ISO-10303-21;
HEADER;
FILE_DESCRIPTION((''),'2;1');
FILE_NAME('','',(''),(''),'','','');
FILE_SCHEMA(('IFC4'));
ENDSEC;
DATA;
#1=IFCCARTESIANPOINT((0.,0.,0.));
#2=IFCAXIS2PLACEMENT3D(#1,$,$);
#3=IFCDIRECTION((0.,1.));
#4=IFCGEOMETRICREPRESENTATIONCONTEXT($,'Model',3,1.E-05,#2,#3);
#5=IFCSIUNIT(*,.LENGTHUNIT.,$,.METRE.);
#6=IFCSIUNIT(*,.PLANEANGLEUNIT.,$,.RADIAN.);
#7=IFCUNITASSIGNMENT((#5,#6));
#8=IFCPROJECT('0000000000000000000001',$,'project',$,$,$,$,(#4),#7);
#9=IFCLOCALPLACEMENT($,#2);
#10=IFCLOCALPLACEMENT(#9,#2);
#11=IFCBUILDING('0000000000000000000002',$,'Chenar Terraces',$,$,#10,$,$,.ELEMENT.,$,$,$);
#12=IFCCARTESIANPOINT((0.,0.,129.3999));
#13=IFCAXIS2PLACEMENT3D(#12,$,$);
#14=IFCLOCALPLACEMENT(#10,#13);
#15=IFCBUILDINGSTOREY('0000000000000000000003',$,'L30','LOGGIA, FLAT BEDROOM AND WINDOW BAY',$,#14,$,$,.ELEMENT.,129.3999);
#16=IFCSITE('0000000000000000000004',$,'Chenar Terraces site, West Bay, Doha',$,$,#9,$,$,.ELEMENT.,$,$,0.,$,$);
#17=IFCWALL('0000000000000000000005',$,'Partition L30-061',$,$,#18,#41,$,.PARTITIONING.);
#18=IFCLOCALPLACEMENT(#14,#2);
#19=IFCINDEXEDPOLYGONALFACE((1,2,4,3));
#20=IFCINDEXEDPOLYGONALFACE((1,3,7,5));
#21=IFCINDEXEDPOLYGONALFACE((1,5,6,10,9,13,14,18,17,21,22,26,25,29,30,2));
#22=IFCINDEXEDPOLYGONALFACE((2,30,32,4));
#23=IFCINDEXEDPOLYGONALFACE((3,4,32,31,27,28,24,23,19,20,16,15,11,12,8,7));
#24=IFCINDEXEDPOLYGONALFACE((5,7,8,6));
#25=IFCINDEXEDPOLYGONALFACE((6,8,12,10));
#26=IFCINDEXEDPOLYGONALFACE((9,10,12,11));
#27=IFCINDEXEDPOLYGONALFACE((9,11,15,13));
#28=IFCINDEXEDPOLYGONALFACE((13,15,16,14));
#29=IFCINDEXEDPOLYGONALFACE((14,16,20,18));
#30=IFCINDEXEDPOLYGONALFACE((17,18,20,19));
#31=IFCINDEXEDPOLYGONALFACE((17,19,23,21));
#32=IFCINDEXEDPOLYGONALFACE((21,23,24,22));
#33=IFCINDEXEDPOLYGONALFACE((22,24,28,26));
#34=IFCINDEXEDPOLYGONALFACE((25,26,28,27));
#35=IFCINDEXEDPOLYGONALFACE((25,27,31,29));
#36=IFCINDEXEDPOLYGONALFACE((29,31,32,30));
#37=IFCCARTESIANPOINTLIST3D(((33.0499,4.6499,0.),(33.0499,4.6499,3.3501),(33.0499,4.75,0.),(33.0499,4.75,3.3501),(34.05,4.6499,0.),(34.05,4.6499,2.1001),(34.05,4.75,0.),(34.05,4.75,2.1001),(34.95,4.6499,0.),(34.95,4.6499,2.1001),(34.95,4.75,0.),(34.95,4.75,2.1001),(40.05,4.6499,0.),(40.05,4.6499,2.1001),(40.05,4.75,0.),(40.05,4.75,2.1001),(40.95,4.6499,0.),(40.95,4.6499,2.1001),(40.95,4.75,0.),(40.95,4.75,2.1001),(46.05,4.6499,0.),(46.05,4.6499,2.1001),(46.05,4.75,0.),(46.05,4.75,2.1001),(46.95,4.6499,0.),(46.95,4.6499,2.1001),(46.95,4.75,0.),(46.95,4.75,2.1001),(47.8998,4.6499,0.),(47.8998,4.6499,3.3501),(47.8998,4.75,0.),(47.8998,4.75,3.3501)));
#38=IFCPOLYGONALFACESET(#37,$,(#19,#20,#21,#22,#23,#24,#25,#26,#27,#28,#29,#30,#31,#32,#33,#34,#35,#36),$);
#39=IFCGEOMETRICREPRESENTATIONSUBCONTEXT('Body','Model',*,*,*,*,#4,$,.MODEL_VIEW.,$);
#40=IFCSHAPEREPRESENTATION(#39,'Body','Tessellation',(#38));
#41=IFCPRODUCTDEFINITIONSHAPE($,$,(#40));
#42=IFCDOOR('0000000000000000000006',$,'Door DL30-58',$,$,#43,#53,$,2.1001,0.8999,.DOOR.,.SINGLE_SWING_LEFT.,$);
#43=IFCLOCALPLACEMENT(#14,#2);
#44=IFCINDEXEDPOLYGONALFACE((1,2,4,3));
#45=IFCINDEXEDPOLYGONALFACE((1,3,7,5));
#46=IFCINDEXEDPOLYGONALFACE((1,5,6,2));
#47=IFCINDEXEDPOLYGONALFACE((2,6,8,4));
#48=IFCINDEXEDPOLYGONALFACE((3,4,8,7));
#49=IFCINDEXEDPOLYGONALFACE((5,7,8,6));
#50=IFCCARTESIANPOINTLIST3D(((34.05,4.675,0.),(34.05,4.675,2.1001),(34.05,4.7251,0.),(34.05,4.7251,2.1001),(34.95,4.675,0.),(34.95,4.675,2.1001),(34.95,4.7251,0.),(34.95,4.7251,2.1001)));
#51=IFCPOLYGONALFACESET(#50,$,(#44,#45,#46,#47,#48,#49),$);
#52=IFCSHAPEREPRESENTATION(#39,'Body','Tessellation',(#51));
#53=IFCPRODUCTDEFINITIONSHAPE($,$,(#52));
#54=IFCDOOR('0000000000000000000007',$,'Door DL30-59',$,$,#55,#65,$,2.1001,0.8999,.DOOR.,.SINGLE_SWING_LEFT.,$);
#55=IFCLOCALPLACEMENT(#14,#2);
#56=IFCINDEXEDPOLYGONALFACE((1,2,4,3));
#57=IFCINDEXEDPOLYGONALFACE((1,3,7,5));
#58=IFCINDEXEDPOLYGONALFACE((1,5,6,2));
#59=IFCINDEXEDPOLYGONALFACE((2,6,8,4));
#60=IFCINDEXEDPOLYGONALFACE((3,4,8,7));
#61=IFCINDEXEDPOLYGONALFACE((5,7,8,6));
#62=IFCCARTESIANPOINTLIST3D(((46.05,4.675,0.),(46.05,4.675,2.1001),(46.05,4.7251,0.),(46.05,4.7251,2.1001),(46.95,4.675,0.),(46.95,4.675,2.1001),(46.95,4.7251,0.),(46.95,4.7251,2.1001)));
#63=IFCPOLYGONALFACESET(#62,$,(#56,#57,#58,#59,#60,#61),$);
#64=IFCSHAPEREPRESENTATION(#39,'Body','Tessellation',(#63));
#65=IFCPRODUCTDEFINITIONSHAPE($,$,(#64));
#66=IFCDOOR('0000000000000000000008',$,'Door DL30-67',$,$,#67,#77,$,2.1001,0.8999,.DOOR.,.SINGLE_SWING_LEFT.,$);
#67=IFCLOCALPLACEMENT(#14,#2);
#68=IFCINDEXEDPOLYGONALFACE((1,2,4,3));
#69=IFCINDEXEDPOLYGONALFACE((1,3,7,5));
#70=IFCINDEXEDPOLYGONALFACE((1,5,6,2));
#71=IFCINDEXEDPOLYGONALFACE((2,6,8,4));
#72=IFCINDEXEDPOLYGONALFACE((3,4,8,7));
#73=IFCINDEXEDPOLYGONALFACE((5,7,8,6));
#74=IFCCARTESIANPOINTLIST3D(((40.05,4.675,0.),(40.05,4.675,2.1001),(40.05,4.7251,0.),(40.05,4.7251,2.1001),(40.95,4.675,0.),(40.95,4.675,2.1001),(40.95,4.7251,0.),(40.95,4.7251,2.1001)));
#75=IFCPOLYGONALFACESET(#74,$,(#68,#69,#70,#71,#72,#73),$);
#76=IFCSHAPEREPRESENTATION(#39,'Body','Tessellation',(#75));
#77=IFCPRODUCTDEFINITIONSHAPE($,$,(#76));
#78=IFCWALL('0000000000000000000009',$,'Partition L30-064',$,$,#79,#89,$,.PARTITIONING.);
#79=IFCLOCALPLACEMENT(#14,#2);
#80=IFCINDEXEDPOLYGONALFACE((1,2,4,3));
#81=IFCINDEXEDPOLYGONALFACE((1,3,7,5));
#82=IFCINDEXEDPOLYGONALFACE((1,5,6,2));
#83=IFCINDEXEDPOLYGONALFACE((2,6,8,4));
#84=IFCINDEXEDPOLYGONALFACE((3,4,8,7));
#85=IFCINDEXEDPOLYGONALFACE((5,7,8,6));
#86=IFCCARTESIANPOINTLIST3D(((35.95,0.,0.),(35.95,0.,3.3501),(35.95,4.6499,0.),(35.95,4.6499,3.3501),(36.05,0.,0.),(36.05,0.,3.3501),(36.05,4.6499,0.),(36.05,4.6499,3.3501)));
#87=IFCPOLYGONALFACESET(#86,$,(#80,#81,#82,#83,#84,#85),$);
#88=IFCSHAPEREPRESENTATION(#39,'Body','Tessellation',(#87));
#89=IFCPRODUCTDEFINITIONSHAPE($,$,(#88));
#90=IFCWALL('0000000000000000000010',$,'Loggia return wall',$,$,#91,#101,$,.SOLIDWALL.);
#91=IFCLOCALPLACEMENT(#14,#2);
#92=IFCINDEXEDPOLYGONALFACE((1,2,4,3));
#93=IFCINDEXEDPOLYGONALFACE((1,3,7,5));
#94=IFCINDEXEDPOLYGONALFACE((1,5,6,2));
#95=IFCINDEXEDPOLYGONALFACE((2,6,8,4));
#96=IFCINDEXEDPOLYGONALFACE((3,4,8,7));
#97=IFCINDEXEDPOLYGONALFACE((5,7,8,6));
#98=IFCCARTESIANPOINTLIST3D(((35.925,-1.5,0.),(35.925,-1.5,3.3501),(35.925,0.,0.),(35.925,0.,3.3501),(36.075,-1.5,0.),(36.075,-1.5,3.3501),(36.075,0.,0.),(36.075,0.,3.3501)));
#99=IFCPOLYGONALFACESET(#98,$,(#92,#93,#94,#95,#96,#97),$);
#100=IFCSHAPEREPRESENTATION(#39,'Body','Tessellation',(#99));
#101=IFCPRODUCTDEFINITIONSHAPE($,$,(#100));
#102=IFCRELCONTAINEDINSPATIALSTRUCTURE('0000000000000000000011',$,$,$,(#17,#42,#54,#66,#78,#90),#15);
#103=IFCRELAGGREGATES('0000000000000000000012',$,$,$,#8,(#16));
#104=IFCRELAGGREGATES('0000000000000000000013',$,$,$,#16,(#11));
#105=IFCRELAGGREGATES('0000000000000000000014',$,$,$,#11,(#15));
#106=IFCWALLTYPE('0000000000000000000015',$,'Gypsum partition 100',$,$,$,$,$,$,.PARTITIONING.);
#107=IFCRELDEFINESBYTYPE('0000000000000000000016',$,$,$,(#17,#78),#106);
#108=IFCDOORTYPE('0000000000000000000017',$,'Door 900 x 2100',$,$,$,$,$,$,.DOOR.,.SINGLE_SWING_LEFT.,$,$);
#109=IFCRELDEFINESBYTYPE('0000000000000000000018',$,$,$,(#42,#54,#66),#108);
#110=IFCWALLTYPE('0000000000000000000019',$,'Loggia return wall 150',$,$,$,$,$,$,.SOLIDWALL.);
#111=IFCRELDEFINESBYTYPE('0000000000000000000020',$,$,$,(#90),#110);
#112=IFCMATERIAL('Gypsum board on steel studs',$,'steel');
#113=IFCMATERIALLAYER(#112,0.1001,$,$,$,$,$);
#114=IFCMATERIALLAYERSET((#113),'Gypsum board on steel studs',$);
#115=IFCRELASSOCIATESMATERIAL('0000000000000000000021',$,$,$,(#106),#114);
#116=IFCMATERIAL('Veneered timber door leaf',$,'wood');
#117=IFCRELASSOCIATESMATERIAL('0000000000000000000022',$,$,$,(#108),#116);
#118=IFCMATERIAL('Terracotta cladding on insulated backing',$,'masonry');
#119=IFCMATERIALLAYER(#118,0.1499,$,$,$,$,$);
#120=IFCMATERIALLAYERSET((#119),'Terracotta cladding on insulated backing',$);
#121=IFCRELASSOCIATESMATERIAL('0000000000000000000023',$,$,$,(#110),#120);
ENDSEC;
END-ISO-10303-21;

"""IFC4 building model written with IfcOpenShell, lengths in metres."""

from ifc_helpers import new_model, si_unit, direction, frame, frame_2d, origin, place, context, subcontext, project, spatial, rectangle, extrude, material, layer, layer_set, type_object, element, fill, save


model = new_model("IFC4")

# Units and contexts
model_context = context("Model", 3, precision=1e-05, world=origin(), true_north=direction((0.0, 1.0)))
body_context = subcontext(model_context, "Body", "Model", "MODEL_VIEW")
ifc_project = project(units=[si_unit("LENGTHUNIT", "METRE"), si_unit("PLANEANGLEUNIT", "RADIAN")], contexts=[model_context])

# Site, building, storey
site_placement = place(None, origin())
site = spatial("IfcSite", under=ifc_project, at=site_placement, Name="Chenar Terraces site, West Bay, Doha", CompositionType="ELEMENT", RefElevation=0.0)
building_placement = place(site_placement, origin())
building = spatial("IfcBuilding", under=site, at=building_placement, Name="Chenar Terraces", CompositionType="ELEMENT")
storey_placement = place(building_placement, frame((0.0, 0.0, 129.3999)))
storey = spatial("IfcBuildingStorey", under=building, at=storey_placement, Name="L30", Description="LOGGIA, FLAT BEDROOM AND WINDOW BAY", CompositionType="ELEMENT", Elevation=129.3999)

# Shared definitions
ifc_material_1 = material(Name="Gypsum board on steel studs", Category="steel")
ifc_layer_1 = layer(ifc_material_1, 0.1001)
ifc_layer_set_1 = layer_set([ifc_layer_1], Name="Gypsum board on steel studs")
wall_type_1 = type_object("IfcWallType", Name="Gypsum partition 100", PredefinedType="PARTITIONING", material=ifc_layer_set_1)

# Shared definitions
ifc_material_2 = material(Name="Veneered timber door leaf", Category="wood")
door_type_1 = type_object("IfcDoorType", Name="Door 900 x 2100", OperationType="SINGLE_SWING_LEFT", PredefinedType="DOOR", material=ifc_material_2)

# Wall, openings, doors
wall_1_placement = place(storey_placement, frame((33.05, 4.7, 0.0), z_axis=(0.0, 0.0, 1.0), x_axis=(1.0, 0.0, 0.0)))
wall_1 = element("IfcWall", 1, at=wall_1_placement, inside=storey, type_object=wall_type_1, Name="Partition L30-061", PredefinedType="PARTITIONING", context=body_context, shape_type="SweptSolid", body=[
    extrude(rectangle(XDim=14.8499, YDim=0.1001, at=frame_2d((7.4248, 0.0))), origin(), (0.0, 0.0, 1.0), 3.3501),
])
opening_1_placement = place(wall_1_placement, frame((1.0, 0.0, 0.0)))
opening_1 = element("IfcOpeningElement", 2, at=opening_1_placement, cuts=wall_1, PredefinedType="OPENING", context=body_context, shape_type="SweptSolid", body=[
    extrude(rectangle(XDim=0.8999, YDim=2.1001, at=frame_2d((0.45, 1.05))), frame((0.0, 0.0601, 0.0), z_axis=(0.0, -1.0, 0.0), x_axis=(1.0, 0.0, 0.0)), (0.0, 0.0, 1.0), 0.1201),
])
opening_2_placement = place(wall_1_placement, frame((13.0, 0.0, 0.0)))
opening_2 = element("IfcOpeningElement", 3, at=opening_2_placement, cuts=wall_1, PredefinedType="OPENING", context=body_context, shape_type="SweptSolid", body=[
    extrude(rectangle(XDim=0.8999, YDim=2.1001, at=frame_2d((0.45, 1.05))), frame((0.0, 0.0601, 0.0), z_axis=(0.0, -1.0, 0.0), x_axis=(1.0, 0.0, 0.0)), (0.0, 0.0, 1.0), 0.1201),
])
opening_3_placement = place(wall_1_placement, frame((7.0, 0.0, 0.0)))
opening_3 = element("IfcOpeningElement", 4, at=opening_3_placement, cuts=wall_1, PredefinedType="OPENING", context=body_context, shape_type="SweptSolid", body=[
    extrude(rectangle(XDim=0.8999, YDim=2.1001, at=frame_2d((0.45, 1.05))), frame((0.0, 0.0601, 0.0), z_axis=(0.0, -1.0, 0.0), x_axis=(1.0, 0.0, 0.0)), (0.0, 0.0, 1.0), 0.1201),
])
door_1_placement = place(opening_1_placement, frame((0.8999, 0.0, 0.0), z_axis=(0.0, 0.0, 1.0), x_axis=(-1.0, 0.0, 0.0)))
door_1 = element("IfcDoor", 5, at=door_1_placement, inside=storey, type_object=door_type_1, Name="Door DL30-58", OperationType="SINGLE_SWING_LEFT", OverallHeight=2.1001, OverallWidth=0.8999, PredefinedType="DOOR", context=body_context, shape_type="SweptSolid", body=[
    extrude(rectangle(XDim=0.8999, YDim=2.1001, at=frame_2d((0.45, 1.05))), frame((0.0, 0.0249, 0.0), z_axis=(0.0, -1.0, 0.0), x_axis=(1.0, 0.0, 0.0)), (0.0, 0.0, 1.0), 0.05),
])
fill(opening_1, door_1)
door_2_placement = place(opening_2_placement, frame((0.8999, 0.0, 0.0), z_axis=(0.0, 0.0, 1.0), x_axis=(-1.0, 0.0, 0.0)))
door_2 = element("IfcDoor", 6, at=door_2_placement, inside=storey, type_object=door_type_1, Name="Door DL30-59", OperationType="SINGLE_SWING_LEFT", OverallHeight=2.1001, OverallWidth=0.8999, PredefinedType="DOOR", context=body_context, shape_type="SweptSolid", body=[
    extrude(rectangle(XDim=0.8999, YDim=2.1001, at=frame_2d((0.45, 1.05))), frame((0.0, 0.0249, 0.0), z_axis=(0.0, -1.0, 0.0), x_axis=(1.0, 0.0, 0.0)), (0.0, 0.0, 1.0), 0.05),
])
fill(opening_2, door_2)
door_3_placement = place(opening_3_placement, frame((0.8999, 0.0, 0.0), z_axis=(0.0, 0.0, 1.0), x_axis=(-1.0, 0.0, 0.0)))
door_3 = element("IfcDoor", 7, at=door_3_placement, inside=storey, type_object=door_type_1, Name="Door DL30-67", OperationType="SINGLE_SWING_LEFT", OverallHeight=2.1001, OverallWidth=0.8999, PredefinedType="DOOR", context=body_context, shape_type="SweptSolid", body=[
    extrude(rectangle(XDim=0.8999, YDim=2.1001, at=frame_2d((0.45, 1.05))), frame((0.0, 0.0249, 0.0), z_axis=(0.0, -1.0, 0.0), x_axis=(1.0, 0.0, 0.0)), (0.0, 0.0, 1.0), 0.05),
])
fill(opening_3, door_3)

# Walls
wall_2_placement = place(storey_placement, frame((36.0, 0.0, 0.0), z_axis=(0.0, 0.0, 1.0), x_axis=(0.0, 1.0, 0.0)))
element("IfcWall", 8, at=wall_2_placement, inside=storey, type_object=wall_type_1, Name="Partition L30-064", PredefinedType="PARTITIONING", context=body_context, shape_type="SweptSolid", body=[
    extrude(rectangle(XDim=4.6499, YDim=0.1001, at=frame_2d((2.325, 0.0))), origin(), (0.0, 0.0, 1.0), 3.3501),
])
ifc_material_3 = material(Name="Terracotta cladding on insulated backing", Category="masonry")
ifc_layer_2 = layer(ifc_material_3, 0.1499)
ifc_layer_set_2 = layer_set([ifc_layer_2], Name="Terracotta cladding on insulated backing")
wall_type_2 = type_object("IfcWallType", Name="Loggia return wall 150", PredefinedType="SOLIDWALL", material=ifc_layer_set_2)
wall_3_placement = place(storey_placement, frame((36.0, -1.5, 0.0), z_axis=(0.0, 0.0, 1.0), x_axis=(0.0, 1.0, 0.0)))
element("IfcWall", 9, at=wall_3_placement, inside=storey, type_object=wall_type_2, Name="Loggia return wall", PredefinedType="SOLIDWALL", context=body_context, shape_type="SweptSolid", body=[
    extrude(rectangle(XDim=1.5, YDim=0.1499, at=frame_2d((0.75, 0.0))), origin(), (0.0, 0.0, 1.0), 3.3501),
])

save(model, "model.ifc")
